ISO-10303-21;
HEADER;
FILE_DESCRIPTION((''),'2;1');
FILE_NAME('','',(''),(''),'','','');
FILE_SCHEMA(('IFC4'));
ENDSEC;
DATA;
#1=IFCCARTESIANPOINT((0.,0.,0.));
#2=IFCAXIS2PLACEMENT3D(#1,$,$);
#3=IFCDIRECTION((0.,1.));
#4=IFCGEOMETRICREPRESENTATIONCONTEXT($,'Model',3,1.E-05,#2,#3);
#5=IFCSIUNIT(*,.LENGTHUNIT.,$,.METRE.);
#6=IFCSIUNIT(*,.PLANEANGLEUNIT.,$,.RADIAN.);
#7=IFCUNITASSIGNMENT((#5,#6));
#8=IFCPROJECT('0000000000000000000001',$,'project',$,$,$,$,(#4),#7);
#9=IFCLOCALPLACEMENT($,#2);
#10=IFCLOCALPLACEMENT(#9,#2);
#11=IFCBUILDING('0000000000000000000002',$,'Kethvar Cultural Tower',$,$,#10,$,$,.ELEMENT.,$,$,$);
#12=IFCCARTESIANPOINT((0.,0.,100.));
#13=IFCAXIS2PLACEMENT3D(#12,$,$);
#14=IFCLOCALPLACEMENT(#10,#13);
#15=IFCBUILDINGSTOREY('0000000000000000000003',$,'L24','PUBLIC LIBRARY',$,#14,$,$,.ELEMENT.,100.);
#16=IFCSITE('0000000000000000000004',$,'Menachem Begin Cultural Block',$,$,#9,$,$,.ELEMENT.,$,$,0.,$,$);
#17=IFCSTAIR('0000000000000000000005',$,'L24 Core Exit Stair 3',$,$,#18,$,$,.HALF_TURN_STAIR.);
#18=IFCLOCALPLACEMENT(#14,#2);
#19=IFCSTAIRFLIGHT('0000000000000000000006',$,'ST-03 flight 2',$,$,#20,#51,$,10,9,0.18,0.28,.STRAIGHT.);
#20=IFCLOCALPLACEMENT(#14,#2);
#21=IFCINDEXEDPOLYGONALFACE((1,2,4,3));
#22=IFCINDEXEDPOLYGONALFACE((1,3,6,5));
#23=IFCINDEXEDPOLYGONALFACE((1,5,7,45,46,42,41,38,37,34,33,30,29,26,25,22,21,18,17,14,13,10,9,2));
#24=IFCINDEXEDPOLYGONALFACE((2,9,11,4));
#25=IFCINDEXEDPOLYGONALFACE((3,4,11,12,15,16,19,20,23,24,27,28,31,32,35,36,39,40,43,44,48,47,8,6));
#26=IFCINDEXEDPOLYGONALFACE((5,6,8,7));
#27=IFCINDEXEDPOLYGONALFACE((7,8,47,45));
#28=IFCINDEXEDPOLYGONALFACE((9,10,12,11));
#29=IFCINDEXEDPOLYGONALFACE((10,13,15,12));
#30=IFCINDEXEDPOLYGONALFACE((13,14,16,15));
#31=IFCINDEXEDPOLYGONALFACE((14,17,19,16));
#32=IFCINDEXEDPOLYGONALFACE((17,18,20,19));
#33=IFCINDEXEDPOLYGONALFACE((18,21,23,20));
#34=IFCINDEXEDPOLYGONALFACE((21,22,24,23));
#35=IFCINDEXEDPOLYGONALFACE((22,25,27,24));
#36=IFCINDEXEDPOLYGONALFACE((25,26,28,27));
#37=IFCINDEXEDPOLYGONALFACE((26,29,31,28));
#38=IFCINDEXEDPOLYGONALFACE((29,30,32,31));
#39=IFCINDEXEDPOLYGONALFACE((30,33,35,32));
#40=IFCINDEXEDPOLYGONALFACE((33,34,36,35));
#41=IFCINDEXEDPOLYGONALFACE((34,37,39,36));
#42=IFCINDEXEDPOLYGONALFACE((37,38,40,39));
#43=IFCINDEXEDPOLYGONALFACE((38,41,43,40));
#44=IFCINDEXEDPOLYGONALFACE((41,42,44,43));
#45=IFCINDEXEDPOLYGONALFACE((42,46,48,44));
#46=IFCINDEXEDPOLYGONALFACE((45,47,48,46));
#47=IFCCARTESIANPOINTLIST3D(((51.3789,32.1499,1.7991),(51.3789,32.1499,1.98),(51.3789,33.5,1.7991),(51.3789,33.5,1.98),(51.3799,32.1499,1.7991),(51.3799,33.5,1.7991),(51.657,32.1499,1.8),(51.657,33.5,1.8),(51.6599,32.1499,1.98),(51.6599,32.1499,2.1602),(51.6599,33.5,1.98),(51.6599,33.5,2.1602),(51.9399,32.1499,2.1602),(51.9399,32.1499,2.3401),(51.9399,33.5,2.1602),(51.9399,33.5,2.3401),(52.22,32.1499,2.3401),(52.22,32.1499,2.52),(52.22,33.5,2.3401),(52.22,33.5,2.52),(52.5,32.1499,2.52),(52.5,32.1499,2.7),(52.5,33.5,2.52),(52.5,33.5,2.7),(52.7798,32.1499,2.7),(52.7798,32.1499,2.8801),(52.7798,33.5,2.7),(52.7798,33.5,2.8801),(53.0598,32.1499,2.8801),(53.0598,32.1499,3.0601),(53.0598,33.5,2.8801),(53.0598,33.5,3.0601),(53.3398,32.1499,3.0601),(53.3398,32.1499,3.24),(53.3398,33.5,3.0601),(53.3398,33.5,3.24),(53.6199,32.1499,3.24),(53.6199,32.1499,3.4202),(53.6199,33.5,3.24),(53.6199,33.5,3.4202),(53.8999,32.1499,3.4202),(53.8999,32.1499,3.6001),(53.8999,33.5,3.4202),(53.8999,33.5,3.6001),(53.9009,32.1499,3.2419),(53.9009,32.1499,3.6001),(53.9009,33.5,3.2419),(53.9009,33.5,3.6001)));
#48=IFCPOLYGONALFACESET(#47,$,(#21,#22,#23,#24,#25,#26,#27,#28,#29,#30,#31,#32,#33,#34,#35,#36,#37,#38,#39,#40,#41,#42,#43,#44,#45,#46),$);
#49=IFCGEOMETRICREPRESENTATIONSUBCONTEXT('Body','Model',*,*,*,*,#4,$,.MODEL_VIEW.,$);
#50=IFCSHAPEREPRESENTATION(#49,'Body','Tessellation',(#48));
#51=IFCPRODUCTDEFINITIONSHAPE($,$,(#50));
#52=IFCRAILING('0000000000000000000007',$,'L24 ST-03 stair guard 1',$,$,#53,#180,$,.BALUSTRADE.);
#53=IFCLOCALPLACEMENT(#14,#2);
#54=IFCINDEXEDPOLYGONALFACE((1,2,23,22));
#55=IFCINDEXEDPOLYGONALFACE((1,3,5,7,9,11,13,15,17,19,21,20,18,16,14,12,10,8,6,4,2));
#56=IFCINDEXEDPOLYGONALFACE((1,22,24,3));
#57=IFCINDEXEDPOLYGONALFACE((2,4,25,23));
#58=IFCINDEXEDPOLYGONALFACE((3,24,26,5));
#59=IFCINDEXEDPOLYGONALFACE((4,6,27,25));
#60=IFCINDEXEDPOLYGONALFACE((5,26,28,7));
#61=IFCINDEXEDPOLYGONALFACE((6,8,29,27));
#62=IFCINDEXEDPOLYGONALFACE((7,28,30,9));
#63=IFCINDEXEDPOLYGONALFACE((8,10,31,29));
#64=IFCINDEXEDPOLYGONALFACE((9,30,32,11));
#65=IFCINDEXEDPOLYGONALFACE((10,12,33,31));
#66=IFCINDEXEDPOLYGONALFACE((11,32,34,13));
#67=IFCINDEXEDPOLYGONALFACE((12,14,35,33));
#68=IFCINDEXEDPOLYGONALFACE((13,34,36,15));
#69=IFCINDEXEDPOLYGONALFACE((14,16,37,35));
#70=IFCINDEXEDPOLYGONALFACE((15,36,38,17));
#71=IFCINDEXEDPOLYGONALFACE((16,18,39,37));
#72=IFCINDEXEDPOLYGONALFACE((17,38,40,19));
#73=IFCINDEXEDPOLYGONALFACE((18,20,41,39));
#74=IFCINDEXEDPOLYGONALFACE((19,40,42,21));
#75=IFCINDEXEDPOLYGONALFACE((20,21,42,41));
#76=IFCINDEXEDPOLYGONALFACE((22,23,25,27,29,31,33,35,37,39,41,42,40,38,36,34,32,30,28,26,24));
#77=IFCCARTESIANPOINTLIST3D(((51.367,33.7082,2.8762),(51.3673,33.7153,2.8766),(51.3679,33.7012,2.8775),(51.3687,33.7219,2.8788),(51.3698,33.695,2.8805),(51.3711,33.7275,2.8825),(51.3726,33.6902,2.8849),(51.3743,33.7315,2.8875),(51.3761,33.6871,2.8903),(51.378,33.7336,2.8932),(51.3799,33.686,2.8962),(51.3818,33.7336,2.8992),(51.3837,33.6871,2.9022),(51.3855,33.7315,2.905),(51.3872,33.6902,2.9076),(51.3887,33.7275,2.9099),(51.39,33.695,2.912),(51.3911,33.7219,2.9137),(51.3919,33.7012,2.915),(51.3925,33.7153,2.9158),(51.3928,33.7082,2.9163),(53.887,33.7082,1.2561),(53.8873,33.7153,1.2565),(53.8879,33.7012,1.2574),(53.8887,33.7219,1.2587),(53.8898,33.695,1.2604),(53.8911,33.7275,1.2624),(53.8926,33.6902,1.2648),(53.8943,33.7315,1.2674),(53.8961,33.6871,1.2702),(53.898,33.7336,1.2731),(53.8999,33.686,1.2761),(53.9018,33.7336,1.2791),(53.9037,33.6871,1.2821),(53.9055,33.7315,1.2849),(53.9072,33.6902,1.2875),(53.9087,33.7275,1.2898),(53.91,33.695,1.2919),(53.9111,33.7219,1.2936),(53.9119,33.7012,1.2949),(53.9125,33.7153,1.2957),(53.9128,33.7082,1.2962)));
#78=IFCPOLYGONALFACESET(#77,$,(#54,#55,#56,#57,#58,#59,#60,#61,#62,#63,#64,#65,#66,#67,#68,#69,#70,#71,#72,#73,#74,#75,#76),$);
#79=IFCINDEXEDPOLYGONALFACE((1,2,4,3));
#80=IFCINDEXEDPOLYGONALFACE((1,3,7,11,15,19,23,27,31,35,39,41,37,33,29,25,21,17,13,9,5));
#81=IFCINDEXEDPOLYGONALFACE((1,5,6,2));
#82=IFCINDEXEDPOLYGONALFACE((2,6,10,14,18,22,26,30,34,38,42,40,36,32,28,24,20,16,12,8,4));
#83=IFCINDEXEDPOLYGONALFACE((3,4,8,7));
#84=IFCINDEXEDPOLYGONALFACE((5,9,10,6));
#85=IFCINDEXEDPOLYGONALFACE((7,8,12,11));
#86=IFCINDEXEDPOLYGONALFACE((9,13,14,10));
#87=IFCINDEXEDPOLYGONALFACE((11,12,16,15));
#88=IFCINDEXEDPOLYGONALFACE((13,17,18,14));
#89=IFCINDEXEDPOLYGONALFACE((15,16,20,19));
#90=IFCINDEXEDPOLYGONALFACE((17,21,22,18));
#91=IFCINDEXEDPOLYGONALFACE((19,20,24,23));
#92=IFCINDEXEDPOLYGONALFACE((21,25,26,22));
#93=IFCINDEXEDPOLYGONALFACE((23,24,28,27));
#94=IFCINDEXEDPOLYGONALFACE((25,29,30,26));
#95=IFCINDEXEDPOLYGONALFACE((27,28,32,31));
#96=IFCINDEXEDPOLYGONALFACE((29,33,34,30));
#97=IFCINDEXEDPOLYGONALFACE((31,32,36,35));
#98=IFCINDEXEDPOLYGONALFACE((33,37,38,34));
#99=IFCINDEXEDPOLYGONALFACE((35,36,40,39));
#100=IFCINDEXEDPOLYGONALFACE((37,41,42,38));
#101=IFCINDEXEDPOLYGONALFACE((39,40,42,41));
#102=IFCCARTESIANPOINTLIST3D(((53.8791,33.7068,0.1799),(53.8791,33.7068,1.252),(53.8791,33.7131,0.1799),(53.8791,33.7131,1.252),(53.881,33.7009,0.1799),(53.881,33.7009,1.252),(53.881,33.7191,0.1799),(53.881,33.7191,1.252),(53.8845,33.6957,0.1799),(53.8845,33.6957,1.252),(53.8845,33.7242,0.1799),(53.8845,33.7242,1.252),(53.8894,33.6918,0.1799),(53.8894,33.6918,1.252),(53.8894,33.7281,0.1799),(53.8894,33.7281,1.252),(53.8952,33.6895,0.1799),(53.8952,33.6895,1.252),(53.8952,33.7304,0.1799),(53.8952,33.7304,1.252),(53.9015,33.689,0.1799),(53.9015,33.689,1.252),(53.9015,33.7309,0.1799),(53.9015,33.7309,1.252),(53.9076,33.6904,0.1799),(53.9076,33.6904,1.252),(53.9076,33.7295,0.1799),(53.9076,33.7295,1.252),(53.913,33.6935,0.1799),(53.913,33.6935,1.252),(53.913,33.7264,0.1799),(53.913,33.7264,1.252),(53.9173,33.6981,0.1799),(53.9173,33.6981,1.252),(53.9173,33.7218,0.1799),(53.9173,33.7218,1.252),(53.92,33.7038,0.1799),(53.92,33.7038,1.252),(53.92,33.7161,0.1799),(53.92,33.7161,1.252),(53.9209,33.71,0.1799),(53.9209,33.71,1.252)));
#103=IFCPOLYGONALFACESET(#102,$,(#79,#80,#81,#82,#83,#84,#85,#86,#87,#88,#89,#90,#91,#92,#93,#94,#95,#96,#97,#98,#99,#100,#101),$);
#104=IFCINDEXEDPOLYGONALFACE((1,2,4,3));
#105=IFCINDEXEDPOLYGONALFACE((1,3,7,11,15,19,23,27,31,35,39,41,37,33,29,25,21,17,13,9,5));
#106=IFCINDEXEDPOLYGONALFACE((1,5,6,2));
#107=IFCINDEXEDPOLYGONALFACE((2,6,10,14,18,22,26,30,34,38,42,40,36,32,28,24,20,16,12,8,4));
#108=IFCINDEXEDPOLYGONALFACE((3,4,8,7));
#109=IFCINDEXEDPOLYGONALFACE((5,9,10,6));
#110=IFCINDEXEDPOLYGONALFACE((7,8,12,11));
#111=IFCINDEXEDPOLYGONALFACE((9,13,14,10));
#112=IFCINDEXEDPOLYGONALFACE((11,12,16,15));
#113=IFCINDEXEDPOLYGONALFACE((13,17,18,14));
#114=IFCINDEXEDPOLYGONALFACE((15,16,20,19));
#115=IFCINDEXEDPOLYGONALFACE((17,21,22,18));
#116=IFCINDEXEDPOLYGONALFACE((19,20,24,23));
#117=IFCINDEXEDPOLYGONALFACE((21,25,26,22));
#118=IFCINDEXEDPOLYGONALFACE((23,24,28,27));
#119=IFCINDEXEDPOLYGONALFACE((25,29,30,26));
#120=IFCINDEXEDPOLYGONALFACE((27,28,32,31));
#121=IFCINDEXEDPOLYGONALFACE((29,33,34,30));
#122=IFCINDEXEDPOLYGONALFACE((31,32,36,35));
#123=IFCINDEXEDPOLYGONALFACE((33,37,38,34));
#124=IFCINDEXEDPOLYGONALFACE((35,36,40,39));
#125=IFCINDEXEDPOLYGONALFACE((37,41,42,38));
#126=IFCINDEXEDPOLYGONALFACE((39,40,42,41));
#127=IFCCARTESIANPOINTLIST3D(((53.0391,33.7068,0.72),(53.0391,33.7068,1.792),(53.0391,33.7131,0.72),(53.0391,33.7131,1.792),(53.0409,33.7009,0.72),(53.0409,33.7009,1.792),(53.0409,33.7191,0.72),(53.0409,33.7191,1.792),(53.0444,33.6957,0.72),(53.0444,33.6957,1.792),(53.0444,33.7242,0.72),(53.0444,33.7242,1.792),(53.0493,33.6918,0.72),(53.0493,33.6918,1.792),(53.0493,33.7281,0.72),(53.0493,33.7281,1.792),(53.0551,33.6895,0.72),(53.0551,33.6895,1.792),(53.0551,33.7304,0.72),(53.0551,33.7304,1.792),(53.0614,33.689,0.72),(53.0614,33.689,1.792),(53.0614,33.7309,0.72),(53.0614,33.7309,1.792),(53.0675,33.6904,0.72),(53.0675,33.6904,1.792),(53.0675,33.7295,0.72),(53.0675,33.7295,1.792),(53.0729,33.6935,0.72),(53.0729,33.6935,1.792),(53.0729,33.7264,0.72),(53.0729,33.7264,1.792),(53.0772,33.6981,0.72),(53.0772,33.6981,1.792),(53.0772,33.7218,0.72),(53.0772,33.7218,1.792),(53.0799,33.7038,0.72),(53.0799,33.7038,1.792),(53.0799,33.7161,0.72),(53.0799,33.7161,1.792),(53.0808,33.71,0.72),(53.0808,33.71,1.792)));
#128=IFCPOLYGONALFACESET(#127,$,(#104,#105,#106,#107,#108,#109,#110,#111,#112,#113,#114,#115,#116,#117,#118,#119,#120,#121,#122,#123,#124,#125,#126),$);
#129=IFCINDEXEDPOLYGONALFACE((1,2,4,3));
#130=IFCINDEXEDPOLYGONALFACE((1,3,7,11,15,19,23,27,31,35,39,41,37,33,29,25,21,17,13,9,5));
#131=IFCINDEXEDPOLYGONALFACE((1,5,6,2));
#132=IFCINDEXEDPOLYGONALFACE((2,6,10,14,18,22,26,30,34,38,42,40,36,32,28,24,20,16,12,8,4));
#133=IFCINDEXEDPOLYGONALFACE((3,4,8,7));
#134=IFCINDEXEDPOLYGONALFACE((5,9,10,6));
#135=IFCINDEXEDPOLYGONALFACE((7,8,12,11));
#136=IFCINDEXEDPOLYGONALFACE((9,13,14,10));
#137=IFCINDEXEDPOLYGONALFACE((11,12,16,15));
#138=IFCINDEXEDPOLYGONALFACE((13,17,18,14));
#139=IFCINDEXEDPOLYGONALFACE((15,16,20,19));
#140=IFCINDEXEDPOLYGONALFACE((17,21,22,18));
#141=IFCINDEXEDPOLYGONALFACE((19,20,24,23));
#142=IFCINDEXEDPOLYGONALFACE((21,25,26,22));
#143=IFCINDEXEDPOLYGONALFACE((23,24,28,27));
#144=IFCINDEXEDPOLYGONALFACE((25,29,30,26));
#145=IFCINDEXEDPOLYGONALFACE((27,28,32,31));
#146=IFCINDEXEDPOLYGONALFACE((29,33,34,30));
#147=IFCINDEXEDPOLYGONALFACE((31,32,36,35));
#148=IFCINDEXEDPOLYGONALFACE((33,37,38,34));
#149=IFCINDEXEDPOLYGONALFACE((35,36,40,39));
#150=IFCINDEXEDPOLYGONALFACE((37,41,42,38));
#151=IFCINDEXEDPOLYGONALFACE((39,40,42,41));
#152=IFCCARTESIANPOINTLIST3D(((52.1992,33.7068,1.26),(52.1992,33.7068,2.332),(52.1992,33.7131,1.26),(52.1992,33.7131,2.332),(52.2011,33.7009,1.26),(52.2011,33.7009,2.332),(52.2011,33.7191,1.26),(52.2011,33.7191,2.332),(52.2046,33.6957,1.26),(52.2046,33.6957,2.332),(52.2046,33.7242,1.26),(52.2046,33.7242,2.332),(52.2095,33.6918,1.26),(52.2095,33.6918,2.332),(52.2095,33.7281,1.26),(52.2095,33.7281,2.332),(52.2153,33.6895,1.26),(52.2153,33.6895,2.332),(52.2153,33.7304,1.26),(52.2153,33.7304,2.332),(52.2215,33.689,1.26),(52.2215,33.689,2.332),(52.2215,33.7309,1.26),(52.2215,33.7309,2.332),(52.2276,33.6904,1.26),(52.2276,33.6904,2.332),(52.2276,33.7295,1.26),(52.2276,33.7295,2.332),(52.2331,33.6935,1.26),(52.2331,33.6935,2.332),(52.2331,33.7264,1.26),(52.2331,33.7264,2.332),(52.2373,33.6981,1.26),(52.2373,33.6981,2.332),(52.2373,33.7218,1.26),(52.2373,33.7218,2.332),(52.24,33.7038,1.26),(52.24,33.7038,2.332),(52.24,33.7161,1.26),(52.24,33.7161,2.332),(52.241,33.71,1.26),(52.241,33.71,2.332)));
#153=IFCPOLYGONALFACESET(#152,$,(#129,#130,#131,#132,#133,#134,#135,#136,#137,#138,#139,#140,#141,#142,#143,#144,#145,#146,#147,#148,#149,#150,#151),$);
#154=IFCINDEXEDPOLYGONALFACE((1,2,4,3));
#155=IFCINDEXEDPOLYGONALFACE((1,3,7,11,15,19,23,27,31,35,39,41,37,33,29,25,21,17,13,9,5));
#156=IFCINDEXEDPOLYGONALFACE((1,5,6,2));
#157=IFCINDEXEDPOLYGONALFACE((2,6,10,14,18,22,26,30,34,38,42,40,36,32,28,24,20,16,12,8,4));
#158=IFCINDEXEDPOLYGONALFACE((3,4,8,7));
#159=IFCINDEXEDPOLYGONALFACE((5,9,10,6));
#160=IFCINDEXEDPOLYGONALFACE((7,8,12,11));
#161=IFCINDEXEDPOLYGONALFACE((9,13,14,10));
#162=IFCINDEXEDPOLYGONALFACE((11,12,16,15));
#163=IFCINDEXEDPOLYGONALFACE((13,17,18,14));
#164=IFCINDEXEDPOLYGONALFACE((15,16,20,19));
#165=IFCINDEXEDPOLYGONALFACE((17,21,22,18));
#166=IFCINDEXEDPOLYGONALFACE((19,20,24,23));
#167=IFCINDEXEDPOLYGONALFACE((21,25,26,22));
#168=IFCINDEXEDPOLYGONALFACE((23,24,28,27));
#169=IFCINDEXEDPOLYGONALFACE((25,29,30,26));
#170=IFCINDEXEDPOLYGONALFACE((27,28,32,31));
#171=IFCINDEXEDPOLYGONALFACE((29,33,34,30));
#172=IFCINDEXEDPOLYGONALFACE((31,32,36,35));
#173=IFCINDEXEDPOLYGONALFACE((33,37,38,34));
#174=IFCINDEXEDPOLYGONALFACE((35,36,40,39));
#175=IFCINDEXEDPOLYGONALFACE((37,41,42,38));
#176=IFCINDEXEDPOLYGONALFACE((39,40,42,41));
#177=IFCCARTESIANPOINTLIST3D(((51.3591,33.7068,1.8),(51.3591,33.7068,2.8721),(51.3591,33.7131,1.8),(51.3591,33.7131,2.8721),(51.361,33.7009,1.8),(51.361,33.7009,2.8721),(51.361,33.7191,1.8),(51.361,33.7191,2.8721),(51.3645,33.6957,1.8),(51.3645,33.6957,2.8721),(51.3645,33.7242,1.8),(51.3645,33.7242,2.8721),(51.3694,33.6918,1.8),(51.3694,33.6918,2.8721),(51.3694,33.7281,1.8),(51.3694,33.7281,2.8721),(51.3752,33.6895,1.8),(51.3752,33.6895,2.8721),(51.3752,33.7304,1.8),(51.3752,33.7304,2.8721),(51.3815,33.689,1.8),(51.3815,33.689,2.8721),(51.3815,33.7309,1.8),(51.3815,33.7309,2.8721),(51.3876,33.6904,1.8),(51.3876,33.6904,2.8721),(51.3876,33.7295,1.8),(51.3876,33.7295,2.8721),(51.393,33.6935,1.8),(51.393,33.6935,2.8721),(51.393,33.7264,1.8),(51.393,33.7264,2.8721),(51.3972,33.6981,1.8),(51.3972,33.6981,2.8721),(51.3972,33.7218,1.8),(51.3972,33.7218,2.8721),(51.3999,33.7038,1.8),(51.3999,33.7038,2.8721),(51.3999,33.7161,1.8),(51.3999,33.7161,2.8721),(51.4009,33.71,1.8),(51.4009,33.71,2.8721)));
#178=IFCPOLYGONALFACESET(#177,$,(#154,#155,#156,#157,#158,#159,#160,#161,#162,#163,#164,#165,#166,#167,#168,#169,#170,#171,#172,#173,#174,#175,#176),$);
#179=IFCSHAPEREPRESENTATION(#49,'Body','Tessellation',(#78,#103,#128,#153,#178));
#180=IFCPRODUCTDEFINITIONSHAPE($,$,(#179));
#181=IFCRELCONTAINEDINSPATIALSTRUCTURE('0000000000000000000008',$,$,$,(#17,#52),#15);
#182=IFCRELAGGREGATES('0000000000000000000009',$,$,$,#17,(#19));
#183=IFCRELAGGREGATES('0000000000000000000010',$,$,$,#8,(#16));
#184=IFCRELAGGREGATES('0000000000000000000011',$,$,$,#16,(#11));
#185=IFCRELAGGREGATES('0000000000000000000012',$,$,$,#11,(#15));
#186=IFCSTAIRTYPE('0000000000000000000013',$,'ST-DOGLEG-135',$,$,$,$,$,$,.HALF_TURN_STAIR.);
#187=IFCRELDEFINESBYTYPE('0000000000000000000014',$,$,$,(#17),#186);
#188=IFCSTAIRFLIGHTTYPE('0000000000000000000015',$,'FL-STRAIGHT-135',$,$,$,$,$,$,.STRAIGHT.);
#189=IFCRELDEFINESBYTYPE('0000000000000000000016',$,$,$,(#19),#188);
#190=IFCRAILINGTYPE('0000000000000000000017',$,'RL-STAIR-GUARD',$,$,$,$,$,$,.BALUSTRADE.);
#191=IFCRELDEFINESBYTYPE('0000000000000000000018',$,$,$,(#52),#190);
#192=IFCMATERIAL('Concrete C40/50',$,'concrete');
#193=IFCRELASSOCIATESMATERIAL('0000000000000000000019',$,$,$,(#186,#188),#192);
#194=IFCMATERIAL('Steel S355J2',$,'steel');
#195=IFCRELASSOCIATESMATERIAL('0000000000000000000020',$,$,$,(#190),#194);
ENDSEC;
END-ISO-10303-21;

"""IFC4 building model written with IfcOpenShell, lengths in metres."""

from ifc_helpers import new_model, si_unit, direction, frame, origin, origin_2d, place, context, subcontext, project, spatial, polyline, circle, outline, extrude, material, type_object, element, aggregate, save


model = new_model("IFC4")

# Units and contexts
model_context = context("Model", 3, precision=1e-05, world=origin(), true_north=direction((0.0, 1.0)))
body_context = subcontext(model_context, "Body", "Model", "MODEL_VIEW")
ifc_project = project(units=[si_unit("LENGTHUNIT", "METRE"), si_unit("PLANEANGLEUNIT", "RADIAN")], contexts=[model_context])

# Site, building, storey
site_placement = place(None, origin())
site = spatial("IfcSite", under=ifc_project, at=site_placement, Name="Menachem Begin Cultural Block", CompositionType="ELEMENT", RefElevation=0.0)
building_placement = place(site_placement, origin())
building = spatial("IfcBuilding", under=site, at=building_placement, Name="Kethvar Cultural Tower", CompositionType="ELEMENT")
storey_placement = place(building_placement, frame((0.0, 0.0, 100.0)))
storey = spatial("IfcBuildingStorey", under=building, at=storey_placement, Name="L24", Description="PUBLIC LIBRARY", CompositionType="ELEMENT", Elevation=100.0)

# Shared definitions
ifc_material_1 = material(Name="Steel S355J2", Category="steel")

# Shared definitions
ifc_material_2 = material(Name="Concrete C40/50", Category="concrete")

# Stair, stair flight
stair_type = type_object("IfcStairType", Name="ST-DOGLEG-135", PredefinedType="HALF_TURN_STAIR", material=ifc_material_2)
stair_placement = place(storey_placement, origin())
stair = element("IfcStair", 1, at=stair_placement, inside=storey, type_object=stair_type, Name="L24 Core Exit Stair 3", PredefinedType="HALF_TURN_STAIR")
stair_flight_type = type_object("IfcStairFlightType", Name="FL-STRAIGHT-135", PredefinedType="STRAIGHT", material=ifc_material_2)
stair_flight_1_placement = place(storey_placement, frame((51.3799, 32.825, 1.8), z_axis=(0.0, 0.0, 1.0), x_axis=(1.0, 0.0, 0.0)))
stair_flight_1 = element("IfcStairFlight", 2, at=stair_flight_1_placement, type_object=stair_flight_type, Name="ST-03 flight 2", NumberOfRisers=10, NumberOfTreads=9, PredefinedType="STRAIGHT", RiserHeight=0.18, TreadLength=0.28, context=body_context, shape_type="SweptSolid", body=[
    extrude(outline(polyline([(-0.001, -0.001), (-0.001, 0.1799), (0.28, 0.1799), (0.28, 0.3601), (0.5601, 0.3601), (0.5601, 0.54), (0.8401, 0.54), (0.8401, 0.72), (1.1201, 0.72), (1.1201, 0.8999), (1.3999, 0.8999), (1.3999, 1.0801), (1.6799, 1.0801), (1.6799, 1.26), (1.96, 1.26), (1.96, 1.4399), (2.24, 1.4399), (2.24, 1.6201), (2.52, 1.6201), (2.52, 1.8), (2.521, 1.8), (2.521, 1.4419), (0.2771, 0.0), (0.0, -0.001), (-0.001, -0.001)])), frame((0.0, 0.675, 0.0), z_axis=(0.0, -1.0, 0.0), x_axis=(1.0, 0.0, 0.0)), (0.0, 0.0, 1.0), 1.3501),
])
aggregate(stair, [stair_flight_1])

# Railing
railing_type_1 = type_object("IfcRailingType", Name="RL-STAIR-GUARD", PredefinedType="BALUSTRADE", material=ifc_material_1)
railing_1_placement = place(storey_placement, frame((53.8999, 33.71, 0.1799)))
element("IfcRailing", 3, at=railing_1_placement, inside=storey, type_object=railing_type_1, Name="L24 ST-03 stair guard 1", PredefinedType="BALUSTRADE", context=body_context, shape_type="SweptSolid", body=[
    extrude(circle(Radius=0.0239, at=origin_2d()), frame((0.0, 0.0, 1.0962), z_axis=(-0.841163, 0.0, 0.540782), x_axis=(0.0, -1.0, 0.0)), (0.0, 0.0, 1.0), 2.9958),
    extrude(circle(Radius=0.021, at=origin_2d()), origin(), (0.0, 0.0, 1.0), 1.072),
    extrude(circle(Radius=0.021, at=origin_2d()), frame((-0.8401, 0.0, 0.54)), (0.0, 0.0, 1.0), 1.072),
    extrude(circle(Radius=0.021, at=origin_2d()), frame((-1.6799, 0.0, 1.0801)), (0.0, 0.0, 1.0), 1.072),
    extrude(circle(Radius=0.021, at=origin_2d()), frame((-2.52, 0.0, 1.6201)), (0.0, 0.0, 1.0), 1.072),
])

save(model, "model.ifc")
